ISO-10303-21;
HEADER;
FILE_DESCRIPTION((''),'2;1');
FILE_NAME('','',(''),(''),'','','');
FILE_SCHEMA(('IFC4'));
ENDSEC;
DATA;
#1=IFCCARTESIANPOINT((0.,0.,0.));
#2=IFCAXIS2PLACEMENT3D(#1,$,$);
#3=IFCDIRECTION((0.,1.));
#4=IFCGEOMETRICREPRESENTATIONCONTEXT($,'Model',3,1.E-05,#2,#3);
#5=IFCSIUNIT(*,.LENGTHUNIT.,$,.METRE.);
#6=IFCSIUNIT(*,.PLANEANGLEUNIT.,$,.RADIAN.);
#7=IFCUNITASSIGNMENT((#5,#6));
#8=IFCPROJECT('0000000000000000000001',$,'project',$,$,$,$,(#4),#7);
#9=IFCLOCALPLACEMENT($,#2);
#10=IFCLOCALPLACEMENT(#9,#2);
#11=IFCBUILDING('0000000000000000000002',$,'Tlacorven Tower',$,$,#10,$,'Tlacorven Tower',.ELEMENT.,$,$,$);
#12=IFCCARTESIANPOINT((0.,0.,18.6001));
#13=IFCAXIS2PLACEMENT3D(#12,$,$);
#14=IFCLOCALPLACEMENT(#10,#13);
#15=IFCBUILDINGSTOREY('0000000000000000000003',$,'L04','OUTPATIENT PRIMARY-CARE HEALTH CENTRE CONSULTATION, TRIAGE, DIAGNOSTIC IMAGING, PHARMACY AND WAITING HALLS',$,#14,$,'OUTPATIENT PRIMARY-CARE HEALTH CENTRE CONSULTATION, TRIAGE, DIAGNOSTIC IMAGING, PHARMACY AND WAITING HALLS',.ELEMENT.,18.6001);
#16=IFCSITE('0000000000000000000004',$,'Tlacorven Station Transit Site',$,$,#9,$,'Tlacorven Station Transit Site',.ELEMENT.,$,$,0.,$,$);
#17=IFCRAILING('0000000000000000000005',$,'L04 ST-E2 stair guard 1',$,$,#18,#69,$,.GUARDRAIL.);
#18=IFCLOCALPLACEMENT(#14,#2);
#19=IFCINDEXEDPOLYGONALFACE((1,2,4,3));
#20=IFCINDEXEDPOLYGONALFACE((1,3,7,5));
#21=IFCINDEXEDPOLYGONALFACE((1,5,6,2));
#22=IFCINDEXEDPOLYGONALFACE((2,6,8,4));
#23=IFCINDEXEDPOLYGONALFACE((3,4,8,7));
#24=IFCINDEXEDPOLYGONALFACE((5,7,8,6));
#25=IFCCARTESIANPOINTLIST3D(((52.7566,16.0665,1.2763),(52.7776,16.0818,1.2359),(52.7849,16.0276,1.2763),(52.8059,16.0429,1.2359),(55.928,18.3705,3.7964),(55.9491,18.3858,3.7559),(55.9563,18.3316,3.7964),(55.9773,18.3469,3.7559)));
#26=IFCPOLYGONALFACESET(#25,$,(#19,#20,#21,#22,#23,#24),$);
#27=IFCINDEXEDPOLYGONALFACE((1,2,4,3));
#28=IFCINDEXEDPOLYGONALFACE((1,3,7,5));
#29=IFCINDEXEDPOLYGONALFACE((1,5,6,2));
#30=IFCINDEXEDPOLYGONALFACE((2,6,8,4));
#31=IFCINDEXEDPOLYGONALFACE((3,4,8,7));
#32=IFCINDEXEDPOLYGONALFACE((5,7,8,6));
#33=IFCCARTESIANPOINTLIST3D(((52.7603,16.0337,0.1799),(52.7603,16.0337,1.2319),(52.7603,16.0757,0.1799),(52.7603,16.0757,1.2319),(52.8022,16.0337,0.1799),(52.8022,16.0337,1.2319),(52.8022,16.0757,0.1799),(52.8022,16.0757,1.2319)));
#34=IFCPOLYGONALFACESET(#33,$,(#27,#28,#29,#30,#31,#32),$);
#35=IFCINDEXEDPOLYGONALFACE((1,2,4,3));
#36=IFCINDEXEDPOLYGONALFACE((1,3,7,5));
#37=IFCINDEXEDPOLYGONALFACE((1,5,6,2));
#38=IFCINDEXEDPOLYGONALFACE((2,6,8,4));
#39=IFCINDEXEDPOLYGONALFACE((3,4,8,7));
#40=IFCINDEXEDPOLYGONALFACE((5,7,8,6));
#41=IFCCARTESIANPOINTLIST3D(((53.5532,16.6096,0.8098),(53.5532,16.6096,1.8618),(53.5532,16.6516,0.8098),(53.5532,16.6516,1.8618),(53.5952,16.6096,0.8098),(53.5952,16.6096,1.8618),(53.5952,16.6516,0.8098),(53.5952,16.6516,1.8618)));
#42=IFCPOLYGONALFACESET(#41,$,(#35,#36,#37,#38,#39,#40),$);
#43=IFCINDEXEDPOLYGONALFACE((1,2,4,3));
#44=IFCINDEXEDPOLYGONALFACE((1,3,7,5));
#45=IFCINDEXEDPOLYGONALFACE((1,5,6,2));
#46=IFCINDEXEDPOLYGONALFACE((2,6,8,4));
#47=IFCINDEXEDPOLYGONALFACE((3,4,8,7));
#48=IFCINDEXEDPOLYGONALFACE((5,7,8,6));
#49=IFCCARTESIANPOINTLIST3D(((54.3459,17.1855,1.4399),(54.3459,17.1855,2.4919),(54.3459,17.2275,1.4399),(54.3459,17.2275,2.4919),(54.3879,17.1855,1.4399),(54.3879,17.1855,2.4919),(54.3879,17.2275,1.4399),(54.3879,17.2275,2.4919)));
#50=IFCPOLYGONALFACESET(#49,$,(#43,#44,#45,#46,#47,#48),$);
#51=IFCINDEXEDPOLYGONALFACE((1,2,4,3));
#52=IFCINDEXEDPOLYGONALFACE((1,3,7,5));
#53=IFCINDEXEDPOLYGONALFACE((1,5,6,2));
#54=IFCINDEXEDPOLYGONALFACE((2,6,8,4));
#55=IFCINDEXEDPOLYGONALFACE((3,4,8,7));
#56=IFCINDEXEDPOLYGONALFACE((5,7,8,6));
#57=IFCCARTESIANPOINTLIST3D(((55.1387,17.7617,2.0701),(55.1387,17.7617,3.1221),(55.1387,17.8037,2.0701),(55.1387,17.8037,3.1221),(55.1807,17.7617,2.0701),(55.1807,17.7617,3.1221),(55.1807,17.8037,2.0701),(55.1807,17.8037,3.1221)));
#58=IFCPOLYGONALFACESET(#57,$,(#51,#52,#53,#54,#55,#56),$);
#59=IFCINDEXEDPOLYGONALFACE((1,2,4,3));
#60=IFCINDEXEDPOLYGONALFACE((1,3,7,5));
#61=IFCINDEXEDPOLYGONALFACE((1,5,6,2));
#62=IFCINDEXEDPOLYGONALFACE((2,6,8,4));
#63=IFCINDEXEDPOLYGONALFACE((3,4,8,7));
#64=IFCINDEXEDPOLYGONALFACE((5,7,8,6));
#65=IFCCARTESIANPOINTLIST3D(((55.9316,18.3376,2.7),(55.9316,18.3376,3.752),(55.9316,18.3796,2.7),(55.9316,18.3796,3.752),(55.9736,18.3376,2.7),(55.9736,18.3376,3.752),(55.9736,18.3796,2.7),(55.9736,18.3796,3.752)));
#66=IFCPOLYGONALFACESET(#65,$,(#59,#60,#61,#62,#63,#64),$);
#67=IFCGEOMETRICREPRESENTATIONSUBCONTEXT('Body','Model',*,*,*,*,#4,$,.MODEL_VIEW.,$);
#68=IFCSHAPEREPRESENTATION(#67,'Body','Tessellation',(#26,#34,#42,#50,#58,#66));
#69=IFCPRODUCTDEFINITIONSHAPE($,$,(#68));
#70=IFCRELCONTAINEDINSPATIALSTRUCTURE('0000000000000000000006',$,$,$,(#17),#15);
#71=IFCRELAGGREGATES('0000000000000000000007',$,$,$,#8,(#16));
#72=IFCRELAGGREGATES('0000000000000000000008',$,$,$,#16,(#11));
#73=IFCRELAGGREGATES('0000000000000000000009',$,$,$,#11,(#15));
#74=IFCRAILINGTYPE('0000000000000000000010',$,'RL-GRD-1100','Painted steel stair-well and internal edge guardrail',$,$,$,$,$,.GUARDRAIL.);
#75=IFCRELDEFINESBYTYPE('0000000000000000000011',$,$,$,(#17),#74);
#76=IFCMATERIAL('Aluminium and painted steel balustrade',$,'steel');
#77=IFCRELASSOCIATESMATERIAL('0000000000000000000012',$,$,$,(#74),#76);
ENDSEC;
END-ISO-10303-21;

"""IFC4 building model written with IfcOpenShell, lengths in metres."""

from ifc_helpers import new_model, si_unit, direction, frame, origin, origin_2d, place, context, subcontext, project, spatial, rectangle, extrude, source, transform, mapped, material, type_object, element, save


model = new_model("IFC4")

# Units and contexts
model_context = context("Model", 3, precision=1e-05, world=origin(), true_north=direction((0.0, 1.0)))
body_context = subcontext(model_context, "Body", "Model", "MODEL_VIEW")
ifc_project = project(units=[si_unit("LENGTHUNIT", "METRE"), si_unit("PLANEANGLEUNIT", "RADIAN")], contexts=[model_context])

# Site, building, storey
site_placement = place(None, origin())
site = spatial("IfcSite", under=ifc_project, at=site_placement, Name="Tlacorven Station Transit Site", LongName="Tlacorven Station Transit Site", CompositionType="ELEMENT", RefElevation=0.0)
building_placement = place(site_placement, origin())
building = spatial("IfcBuilding", under=site, at=building_placement, Name="Tlacorven Tower", LongName="Tlacorven Tower", CompositionType="ELEMENT")
storey_placement = place(building_placement, frame((0.0, 0.0, 18.6001)))
storey = spatial("IfcBuildingStorey", under=building, at=storey_placement, Name="L04", Description="OUTPATIENT PRIMARY-CARE HEALTH CENTRE CONSULTATION, TRIAGE, DIAGNOSTIC IMAGING, PHARMACY AND WAITING HALLS", LongName="OUTPATIENT PRIMARY-CARE HEALTH CENTRE CONSULTATION, TRIAGE, DIAGNOSTIC IMAGING, PHARMACY AND WAITING HALLS", CompositionType="ELEMENT", Elevation=18.6001)

# Railing
ifc_material_1 = material(Name="Aluminium and painted steel balustrade", Category="steel")
railing_type_1 = type_object("IfcRailingType", Name="RL-GRD-1100", Description="Painted steel stair-well and internal edge guardrail", PredefinedType="GUARDRAIL", material=ifc_material_1)
shared_shape_1 = source(origin(), body_context, "Body", "SweptSolid", [
    extrude(rectangle(XDim=0.0481, YDim=0.0481, at=origin_2d()), frame((0.0, 0.0, 1.0762), z_axis=(0.680543, 0.494402, 0.540767), x_axis=(-0.587753, 0.80904, 0.0)), (0.0, 0.0, 1.0), 4.6602),
    extrude(rectangle(XDim=0.042, YDim=0.042, at=origin_2d()), origin(), (0.0, 0.0, 1.0), 1.052),
    extrude(rectangle(XDim=0.042, YDim=0.042, at=origin_2d()), frame((0.793, 0.5759, 0.6299)), (0.0, 0.0, 1.0), 1.052),
    extrude(rectangle(XDim=0.042, YDim=0.042, at=origin_2d()), frame((1.5857, 1.1519, 1.26)), (0.0, 0.0, 1.0), 1.052),
    extrude(rectangle(XDim=0.042, YDim=0.042, at=origin_2d()), frame((2.3784, 1.728, 1.8901)), (0.0, 0.0, 1.0), 1.052),
    extrude(rectangle(XDim=0.042, YDim=0.042, at=origin_2d()), frame((3.1714, 2.304, 2.52)), (0.0, 0.0, 1.0), 1.052),
])
railing_1_placement = place(storey_placement, frame((52.7812, 16.0547, 0.1799)))
element("IfcRailing", 1, at=railing_1_placement, inside=storey, type_object=railing_type_1, Name="L04 ST-E2 stair guard 1", PredefinedType="GUARDRAIL", context=body_context, shape_type="MappedRepresentation", body=[
    mapped(shared_shape_1, transform((0.0, 0.0, 0.0), scale=1.0)),
])

save(model, "model.ifc")
